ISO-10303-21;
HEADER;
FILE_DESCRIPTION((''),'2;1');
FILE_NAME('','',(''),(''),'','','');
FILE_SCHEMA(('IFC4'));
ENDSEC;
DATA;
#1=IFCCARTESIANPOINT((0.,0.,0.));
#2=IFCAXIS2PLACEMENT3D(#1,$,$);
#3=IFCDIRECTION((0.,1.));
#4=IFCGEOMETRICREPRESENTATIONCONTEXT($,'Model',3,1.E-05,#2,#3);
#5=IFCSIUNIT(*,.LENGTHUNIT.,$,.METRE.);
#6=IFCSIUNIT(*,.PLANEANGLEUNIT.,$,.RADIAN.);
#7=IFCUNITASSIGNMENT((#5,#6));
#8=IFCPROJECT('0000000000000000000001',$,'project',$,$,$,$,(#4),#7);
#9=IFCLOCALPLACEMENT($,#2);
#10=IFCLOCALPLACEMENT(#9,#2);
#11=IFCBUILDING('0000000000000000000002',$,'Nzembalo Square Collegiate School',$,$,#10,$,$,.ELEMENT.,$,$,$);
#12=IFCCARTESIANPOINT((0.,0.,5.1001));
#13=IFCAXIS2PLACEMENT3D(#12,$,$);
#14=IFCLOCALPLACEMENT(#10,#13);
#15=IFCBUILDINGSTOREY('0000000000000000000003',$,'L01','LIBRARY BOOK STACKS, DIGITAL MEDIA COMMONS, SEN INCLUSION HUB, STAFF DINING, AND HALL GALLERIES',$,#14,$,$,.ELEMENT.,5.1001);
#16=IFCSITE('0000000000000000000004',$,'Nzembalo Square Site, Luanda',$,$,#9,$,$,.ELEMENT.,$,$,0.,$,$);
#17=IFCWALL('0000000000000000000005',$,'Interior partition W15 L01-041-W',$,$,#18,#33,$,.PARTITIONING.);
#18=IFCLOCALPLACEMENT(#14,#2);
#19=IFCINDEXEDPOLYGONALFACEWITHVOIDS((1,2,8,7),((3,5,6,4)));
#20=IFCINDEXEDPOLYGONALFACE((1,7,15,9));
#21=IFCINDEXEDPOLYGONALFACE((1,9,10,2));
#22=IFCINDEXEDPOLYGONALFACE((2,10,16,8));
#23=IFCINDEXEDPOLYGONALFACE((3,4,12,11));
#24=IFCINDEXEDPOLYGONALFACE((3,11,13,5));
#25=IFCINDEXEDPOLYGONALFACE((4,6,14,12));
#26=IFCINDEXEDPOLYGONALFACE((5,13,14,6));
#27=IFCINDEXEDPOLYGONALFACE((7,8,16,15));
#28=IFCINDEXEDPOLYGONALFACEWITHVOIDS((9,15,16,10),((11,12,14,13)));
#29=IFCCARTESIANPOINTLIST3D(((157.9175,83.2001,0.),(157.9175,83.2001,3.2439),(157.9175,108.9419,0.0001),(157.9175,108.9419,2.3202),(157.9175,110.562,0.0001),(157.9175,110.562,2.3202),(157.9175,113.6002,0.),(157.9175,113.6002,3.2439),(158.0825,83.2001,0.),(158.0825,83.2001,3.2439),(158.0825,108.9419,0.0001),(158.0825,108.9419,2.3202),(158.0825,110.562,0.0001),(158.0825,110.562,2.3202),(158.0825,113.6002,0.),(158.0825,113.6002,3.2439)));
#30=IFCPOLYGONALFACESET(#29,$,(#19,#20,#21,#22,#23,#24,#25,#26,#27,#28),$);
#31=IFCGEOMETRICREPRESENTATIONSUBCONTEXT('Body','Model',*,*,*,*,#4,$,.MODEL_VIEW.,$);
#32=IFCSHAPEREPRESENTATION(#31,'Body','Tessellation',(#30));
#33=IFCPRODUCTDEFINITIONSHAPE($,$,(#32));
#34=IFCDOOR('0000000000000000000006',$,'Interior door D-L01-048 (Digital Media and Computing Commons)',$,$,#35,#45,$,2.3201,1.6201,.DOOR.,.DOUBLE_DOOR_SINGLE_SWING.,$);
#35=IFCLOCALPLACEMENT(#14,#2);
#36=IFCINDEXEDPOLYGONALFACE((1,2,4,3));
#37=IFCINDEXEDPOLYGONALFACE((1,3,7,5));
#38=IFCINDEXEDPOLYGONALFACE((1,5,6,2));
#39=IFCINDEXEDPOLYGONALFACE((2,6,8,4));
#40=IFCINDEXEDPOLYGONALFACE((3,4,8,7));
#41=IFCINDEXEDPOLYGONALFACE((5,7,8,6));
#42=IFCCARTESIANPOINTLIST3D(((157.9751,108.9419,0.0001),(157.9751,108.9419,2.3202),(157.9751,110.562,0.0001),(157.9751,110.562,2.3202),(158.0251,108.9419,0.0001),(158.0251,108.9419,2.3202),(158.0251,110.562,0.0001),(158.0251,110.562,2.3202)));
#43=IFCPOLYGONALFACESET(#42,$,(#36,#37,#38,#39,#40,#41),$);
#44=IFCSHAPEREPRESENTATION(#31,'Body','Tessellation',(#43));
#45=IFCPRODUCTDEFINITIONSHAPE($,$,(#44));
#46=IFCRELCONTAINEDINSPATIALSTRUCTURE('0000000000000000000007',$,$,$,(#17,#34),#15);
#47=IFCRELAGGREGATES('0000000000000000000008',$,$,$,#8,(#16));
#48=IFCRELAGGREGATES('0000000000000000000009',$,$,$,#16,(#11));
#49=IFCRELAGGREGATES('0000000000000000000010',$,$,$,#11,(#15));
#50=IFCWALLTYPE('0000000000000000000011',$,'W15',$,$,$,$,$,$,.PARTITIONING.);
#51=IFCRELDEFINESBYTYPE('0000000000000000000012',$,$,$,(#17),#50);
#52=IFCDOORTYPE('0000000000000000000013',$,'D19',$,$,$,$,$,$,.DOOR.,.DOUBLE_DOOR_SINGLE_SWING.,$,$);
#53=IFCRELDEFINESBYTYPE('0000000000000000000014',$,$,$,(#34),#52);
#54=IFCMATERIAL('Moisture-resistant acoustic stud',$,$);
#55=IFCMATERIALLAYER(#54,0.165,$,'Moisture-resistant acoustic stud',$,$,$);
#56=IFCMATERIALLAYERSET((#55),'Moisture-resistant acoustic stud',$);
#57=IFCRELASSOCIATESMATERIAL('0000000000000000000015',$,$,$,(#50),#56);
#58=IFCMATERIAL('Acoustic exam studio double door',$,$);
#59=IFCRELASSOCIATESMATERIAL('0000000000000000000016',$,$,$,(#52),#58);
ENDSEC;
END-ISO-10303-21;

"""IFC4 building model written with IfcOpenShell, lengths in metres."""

from ifc_helpers import new_model, si_unit, direction, frame, frame_2d, origin, place, context, subcontext, project, spatial, rectangle, extrude, material, layer, layer_set, type_object, element, fill, save


model = new_model("IFC4")

# Units and contexts
model_context = context("Model", 3, precision=1e-05, world=origin(), true_north=direction((0.0, 1.0)))
body_context = subcontext(model_context, "Body", "Model", "MODEL_VIEW")
ifc_project = project(units=[si_unit("LENGTHUNIT", "METRE"), si_unit("PLANEANGLEUNIT", "RADIAN")], contexts=[model_context])

# Site, building, storey
site_placement = place(None, origin())
site = spatial("IfcSite", under=ifc_project, at=site_placement, Name="Nzembalo Square Site, Luanda", CompositionType="ELEMENT", RefElevation=0.0)
building_placement = place(site_placement, origin())
building = spatial("IfcBuilding", under=site, at=building_placement, Name="Nzembalo Square Collegiate School", CompositionType="ELEMENT")
storey_placement = place(building_placement, frame((0.0, 0.0, 5.1001)))
storey = spatial("IfcBuildingStorey", under=building, at=storey_placement, Name="L01", Description="LIBRARY BOOK STACKS, DIGITAL MEDIA COMMONS, SEN INCLUSION HUB, STAFF DINING, AND HALL GALLERIES", CompositionType="ELEMENT", Elevation=5.1001)

# Shared definitions
ifc_material_1 = material(Name="Moisture-resistant acoustic stud")
ifc_layer_1 = layer(ifc_material_1, 0.165, Name="Moisture-resistant acoustic stud")
ifc_layer_set_1 = layer_set([ifc_layer_1], Name="Moisture-resistant acoustic stud")
wall_type_1 = type_object("IfcWallType", Name="W15", PredefinedType="PARTITIONING", material=ifc_layer_set_1)

# Wall, opening, door
wall_1_placement = place(storey_placement, frame((158.0, 83.2, 0.0), z_axis=(0.0, 0.0, 1.0), x_axis=(0.0, 1.0, 0.0)))
wall_1 = element("IfcWall", 1, at=wall_1_placement, inside=storey, type_object=wall_type_1, Name="Interior partition W15 L01-041-W", PredefinedType="PARTITIONING", context=body_context, shape_type="SweptSolid", body=[
    extrude(rectangle(XDim=30.4001, YDim=0.165, at=frame_2d((15.2002, 0.0))), origin(), (0.0, 0.0, 1.0), 3.2439),
])
opening_placement = place(wall_1_placement, frame((25.7419, 0.0, 0.0)))
opening = element("IfcOpeningElement", 2, at=opening_placement, cuts=wall_1, PredefinedType="OPENING", context=body_context, shape_type="SweptSolid", body=[
    extrude(rectangle(XDim=1.6201, YDim=2.3201, at=frame_2d((0.8101, 1.1602))), frame((0.0, 0.0925, 0.0), z_axis=(0.0, -1.0, 0.0), x_axis=(1.0, 0.0, 0.0)), (0.0, 0.0, 1.0), 0.1851),
])
ifc_material_2 = material(Name="Acoustic exam studio double door")
door_type = type_object("IfcDoorType", Name="D19", OperationType="DOUBLE_DOOR_SINGLE_SWING", PredefinedType="DOOR", material=ifc_material_2)
door_placement = place(opening_placement, origin())
door = element("IfcDoor", 3, at=door_placement, inside=storey, type_object=door_type, Name="Interior door D-L01-048 (Digital Media and Computing Commons)", OperationType="DOUBLE_DOOR_SINGLE_SWING", OverallHeight=2.3201, OverallWidth=1.6201, PredefinedType="DOOR", context=body_context, shape_type="SweptSolid", body=[
    extrude(rectangle(XDim=1.6201, YDim=2.3201, at=frame_2d((0.8101, 1.1602))), frame((0.0, 0.0249, 0.0), z_axis=(0.0, -1.0, 0.0), x_axis=(1.0, 0.0, 0.0)), (0.0, 0.0, 1.0), 0.05),
])
fill(opening, door)

save(model, "model.ifc")
